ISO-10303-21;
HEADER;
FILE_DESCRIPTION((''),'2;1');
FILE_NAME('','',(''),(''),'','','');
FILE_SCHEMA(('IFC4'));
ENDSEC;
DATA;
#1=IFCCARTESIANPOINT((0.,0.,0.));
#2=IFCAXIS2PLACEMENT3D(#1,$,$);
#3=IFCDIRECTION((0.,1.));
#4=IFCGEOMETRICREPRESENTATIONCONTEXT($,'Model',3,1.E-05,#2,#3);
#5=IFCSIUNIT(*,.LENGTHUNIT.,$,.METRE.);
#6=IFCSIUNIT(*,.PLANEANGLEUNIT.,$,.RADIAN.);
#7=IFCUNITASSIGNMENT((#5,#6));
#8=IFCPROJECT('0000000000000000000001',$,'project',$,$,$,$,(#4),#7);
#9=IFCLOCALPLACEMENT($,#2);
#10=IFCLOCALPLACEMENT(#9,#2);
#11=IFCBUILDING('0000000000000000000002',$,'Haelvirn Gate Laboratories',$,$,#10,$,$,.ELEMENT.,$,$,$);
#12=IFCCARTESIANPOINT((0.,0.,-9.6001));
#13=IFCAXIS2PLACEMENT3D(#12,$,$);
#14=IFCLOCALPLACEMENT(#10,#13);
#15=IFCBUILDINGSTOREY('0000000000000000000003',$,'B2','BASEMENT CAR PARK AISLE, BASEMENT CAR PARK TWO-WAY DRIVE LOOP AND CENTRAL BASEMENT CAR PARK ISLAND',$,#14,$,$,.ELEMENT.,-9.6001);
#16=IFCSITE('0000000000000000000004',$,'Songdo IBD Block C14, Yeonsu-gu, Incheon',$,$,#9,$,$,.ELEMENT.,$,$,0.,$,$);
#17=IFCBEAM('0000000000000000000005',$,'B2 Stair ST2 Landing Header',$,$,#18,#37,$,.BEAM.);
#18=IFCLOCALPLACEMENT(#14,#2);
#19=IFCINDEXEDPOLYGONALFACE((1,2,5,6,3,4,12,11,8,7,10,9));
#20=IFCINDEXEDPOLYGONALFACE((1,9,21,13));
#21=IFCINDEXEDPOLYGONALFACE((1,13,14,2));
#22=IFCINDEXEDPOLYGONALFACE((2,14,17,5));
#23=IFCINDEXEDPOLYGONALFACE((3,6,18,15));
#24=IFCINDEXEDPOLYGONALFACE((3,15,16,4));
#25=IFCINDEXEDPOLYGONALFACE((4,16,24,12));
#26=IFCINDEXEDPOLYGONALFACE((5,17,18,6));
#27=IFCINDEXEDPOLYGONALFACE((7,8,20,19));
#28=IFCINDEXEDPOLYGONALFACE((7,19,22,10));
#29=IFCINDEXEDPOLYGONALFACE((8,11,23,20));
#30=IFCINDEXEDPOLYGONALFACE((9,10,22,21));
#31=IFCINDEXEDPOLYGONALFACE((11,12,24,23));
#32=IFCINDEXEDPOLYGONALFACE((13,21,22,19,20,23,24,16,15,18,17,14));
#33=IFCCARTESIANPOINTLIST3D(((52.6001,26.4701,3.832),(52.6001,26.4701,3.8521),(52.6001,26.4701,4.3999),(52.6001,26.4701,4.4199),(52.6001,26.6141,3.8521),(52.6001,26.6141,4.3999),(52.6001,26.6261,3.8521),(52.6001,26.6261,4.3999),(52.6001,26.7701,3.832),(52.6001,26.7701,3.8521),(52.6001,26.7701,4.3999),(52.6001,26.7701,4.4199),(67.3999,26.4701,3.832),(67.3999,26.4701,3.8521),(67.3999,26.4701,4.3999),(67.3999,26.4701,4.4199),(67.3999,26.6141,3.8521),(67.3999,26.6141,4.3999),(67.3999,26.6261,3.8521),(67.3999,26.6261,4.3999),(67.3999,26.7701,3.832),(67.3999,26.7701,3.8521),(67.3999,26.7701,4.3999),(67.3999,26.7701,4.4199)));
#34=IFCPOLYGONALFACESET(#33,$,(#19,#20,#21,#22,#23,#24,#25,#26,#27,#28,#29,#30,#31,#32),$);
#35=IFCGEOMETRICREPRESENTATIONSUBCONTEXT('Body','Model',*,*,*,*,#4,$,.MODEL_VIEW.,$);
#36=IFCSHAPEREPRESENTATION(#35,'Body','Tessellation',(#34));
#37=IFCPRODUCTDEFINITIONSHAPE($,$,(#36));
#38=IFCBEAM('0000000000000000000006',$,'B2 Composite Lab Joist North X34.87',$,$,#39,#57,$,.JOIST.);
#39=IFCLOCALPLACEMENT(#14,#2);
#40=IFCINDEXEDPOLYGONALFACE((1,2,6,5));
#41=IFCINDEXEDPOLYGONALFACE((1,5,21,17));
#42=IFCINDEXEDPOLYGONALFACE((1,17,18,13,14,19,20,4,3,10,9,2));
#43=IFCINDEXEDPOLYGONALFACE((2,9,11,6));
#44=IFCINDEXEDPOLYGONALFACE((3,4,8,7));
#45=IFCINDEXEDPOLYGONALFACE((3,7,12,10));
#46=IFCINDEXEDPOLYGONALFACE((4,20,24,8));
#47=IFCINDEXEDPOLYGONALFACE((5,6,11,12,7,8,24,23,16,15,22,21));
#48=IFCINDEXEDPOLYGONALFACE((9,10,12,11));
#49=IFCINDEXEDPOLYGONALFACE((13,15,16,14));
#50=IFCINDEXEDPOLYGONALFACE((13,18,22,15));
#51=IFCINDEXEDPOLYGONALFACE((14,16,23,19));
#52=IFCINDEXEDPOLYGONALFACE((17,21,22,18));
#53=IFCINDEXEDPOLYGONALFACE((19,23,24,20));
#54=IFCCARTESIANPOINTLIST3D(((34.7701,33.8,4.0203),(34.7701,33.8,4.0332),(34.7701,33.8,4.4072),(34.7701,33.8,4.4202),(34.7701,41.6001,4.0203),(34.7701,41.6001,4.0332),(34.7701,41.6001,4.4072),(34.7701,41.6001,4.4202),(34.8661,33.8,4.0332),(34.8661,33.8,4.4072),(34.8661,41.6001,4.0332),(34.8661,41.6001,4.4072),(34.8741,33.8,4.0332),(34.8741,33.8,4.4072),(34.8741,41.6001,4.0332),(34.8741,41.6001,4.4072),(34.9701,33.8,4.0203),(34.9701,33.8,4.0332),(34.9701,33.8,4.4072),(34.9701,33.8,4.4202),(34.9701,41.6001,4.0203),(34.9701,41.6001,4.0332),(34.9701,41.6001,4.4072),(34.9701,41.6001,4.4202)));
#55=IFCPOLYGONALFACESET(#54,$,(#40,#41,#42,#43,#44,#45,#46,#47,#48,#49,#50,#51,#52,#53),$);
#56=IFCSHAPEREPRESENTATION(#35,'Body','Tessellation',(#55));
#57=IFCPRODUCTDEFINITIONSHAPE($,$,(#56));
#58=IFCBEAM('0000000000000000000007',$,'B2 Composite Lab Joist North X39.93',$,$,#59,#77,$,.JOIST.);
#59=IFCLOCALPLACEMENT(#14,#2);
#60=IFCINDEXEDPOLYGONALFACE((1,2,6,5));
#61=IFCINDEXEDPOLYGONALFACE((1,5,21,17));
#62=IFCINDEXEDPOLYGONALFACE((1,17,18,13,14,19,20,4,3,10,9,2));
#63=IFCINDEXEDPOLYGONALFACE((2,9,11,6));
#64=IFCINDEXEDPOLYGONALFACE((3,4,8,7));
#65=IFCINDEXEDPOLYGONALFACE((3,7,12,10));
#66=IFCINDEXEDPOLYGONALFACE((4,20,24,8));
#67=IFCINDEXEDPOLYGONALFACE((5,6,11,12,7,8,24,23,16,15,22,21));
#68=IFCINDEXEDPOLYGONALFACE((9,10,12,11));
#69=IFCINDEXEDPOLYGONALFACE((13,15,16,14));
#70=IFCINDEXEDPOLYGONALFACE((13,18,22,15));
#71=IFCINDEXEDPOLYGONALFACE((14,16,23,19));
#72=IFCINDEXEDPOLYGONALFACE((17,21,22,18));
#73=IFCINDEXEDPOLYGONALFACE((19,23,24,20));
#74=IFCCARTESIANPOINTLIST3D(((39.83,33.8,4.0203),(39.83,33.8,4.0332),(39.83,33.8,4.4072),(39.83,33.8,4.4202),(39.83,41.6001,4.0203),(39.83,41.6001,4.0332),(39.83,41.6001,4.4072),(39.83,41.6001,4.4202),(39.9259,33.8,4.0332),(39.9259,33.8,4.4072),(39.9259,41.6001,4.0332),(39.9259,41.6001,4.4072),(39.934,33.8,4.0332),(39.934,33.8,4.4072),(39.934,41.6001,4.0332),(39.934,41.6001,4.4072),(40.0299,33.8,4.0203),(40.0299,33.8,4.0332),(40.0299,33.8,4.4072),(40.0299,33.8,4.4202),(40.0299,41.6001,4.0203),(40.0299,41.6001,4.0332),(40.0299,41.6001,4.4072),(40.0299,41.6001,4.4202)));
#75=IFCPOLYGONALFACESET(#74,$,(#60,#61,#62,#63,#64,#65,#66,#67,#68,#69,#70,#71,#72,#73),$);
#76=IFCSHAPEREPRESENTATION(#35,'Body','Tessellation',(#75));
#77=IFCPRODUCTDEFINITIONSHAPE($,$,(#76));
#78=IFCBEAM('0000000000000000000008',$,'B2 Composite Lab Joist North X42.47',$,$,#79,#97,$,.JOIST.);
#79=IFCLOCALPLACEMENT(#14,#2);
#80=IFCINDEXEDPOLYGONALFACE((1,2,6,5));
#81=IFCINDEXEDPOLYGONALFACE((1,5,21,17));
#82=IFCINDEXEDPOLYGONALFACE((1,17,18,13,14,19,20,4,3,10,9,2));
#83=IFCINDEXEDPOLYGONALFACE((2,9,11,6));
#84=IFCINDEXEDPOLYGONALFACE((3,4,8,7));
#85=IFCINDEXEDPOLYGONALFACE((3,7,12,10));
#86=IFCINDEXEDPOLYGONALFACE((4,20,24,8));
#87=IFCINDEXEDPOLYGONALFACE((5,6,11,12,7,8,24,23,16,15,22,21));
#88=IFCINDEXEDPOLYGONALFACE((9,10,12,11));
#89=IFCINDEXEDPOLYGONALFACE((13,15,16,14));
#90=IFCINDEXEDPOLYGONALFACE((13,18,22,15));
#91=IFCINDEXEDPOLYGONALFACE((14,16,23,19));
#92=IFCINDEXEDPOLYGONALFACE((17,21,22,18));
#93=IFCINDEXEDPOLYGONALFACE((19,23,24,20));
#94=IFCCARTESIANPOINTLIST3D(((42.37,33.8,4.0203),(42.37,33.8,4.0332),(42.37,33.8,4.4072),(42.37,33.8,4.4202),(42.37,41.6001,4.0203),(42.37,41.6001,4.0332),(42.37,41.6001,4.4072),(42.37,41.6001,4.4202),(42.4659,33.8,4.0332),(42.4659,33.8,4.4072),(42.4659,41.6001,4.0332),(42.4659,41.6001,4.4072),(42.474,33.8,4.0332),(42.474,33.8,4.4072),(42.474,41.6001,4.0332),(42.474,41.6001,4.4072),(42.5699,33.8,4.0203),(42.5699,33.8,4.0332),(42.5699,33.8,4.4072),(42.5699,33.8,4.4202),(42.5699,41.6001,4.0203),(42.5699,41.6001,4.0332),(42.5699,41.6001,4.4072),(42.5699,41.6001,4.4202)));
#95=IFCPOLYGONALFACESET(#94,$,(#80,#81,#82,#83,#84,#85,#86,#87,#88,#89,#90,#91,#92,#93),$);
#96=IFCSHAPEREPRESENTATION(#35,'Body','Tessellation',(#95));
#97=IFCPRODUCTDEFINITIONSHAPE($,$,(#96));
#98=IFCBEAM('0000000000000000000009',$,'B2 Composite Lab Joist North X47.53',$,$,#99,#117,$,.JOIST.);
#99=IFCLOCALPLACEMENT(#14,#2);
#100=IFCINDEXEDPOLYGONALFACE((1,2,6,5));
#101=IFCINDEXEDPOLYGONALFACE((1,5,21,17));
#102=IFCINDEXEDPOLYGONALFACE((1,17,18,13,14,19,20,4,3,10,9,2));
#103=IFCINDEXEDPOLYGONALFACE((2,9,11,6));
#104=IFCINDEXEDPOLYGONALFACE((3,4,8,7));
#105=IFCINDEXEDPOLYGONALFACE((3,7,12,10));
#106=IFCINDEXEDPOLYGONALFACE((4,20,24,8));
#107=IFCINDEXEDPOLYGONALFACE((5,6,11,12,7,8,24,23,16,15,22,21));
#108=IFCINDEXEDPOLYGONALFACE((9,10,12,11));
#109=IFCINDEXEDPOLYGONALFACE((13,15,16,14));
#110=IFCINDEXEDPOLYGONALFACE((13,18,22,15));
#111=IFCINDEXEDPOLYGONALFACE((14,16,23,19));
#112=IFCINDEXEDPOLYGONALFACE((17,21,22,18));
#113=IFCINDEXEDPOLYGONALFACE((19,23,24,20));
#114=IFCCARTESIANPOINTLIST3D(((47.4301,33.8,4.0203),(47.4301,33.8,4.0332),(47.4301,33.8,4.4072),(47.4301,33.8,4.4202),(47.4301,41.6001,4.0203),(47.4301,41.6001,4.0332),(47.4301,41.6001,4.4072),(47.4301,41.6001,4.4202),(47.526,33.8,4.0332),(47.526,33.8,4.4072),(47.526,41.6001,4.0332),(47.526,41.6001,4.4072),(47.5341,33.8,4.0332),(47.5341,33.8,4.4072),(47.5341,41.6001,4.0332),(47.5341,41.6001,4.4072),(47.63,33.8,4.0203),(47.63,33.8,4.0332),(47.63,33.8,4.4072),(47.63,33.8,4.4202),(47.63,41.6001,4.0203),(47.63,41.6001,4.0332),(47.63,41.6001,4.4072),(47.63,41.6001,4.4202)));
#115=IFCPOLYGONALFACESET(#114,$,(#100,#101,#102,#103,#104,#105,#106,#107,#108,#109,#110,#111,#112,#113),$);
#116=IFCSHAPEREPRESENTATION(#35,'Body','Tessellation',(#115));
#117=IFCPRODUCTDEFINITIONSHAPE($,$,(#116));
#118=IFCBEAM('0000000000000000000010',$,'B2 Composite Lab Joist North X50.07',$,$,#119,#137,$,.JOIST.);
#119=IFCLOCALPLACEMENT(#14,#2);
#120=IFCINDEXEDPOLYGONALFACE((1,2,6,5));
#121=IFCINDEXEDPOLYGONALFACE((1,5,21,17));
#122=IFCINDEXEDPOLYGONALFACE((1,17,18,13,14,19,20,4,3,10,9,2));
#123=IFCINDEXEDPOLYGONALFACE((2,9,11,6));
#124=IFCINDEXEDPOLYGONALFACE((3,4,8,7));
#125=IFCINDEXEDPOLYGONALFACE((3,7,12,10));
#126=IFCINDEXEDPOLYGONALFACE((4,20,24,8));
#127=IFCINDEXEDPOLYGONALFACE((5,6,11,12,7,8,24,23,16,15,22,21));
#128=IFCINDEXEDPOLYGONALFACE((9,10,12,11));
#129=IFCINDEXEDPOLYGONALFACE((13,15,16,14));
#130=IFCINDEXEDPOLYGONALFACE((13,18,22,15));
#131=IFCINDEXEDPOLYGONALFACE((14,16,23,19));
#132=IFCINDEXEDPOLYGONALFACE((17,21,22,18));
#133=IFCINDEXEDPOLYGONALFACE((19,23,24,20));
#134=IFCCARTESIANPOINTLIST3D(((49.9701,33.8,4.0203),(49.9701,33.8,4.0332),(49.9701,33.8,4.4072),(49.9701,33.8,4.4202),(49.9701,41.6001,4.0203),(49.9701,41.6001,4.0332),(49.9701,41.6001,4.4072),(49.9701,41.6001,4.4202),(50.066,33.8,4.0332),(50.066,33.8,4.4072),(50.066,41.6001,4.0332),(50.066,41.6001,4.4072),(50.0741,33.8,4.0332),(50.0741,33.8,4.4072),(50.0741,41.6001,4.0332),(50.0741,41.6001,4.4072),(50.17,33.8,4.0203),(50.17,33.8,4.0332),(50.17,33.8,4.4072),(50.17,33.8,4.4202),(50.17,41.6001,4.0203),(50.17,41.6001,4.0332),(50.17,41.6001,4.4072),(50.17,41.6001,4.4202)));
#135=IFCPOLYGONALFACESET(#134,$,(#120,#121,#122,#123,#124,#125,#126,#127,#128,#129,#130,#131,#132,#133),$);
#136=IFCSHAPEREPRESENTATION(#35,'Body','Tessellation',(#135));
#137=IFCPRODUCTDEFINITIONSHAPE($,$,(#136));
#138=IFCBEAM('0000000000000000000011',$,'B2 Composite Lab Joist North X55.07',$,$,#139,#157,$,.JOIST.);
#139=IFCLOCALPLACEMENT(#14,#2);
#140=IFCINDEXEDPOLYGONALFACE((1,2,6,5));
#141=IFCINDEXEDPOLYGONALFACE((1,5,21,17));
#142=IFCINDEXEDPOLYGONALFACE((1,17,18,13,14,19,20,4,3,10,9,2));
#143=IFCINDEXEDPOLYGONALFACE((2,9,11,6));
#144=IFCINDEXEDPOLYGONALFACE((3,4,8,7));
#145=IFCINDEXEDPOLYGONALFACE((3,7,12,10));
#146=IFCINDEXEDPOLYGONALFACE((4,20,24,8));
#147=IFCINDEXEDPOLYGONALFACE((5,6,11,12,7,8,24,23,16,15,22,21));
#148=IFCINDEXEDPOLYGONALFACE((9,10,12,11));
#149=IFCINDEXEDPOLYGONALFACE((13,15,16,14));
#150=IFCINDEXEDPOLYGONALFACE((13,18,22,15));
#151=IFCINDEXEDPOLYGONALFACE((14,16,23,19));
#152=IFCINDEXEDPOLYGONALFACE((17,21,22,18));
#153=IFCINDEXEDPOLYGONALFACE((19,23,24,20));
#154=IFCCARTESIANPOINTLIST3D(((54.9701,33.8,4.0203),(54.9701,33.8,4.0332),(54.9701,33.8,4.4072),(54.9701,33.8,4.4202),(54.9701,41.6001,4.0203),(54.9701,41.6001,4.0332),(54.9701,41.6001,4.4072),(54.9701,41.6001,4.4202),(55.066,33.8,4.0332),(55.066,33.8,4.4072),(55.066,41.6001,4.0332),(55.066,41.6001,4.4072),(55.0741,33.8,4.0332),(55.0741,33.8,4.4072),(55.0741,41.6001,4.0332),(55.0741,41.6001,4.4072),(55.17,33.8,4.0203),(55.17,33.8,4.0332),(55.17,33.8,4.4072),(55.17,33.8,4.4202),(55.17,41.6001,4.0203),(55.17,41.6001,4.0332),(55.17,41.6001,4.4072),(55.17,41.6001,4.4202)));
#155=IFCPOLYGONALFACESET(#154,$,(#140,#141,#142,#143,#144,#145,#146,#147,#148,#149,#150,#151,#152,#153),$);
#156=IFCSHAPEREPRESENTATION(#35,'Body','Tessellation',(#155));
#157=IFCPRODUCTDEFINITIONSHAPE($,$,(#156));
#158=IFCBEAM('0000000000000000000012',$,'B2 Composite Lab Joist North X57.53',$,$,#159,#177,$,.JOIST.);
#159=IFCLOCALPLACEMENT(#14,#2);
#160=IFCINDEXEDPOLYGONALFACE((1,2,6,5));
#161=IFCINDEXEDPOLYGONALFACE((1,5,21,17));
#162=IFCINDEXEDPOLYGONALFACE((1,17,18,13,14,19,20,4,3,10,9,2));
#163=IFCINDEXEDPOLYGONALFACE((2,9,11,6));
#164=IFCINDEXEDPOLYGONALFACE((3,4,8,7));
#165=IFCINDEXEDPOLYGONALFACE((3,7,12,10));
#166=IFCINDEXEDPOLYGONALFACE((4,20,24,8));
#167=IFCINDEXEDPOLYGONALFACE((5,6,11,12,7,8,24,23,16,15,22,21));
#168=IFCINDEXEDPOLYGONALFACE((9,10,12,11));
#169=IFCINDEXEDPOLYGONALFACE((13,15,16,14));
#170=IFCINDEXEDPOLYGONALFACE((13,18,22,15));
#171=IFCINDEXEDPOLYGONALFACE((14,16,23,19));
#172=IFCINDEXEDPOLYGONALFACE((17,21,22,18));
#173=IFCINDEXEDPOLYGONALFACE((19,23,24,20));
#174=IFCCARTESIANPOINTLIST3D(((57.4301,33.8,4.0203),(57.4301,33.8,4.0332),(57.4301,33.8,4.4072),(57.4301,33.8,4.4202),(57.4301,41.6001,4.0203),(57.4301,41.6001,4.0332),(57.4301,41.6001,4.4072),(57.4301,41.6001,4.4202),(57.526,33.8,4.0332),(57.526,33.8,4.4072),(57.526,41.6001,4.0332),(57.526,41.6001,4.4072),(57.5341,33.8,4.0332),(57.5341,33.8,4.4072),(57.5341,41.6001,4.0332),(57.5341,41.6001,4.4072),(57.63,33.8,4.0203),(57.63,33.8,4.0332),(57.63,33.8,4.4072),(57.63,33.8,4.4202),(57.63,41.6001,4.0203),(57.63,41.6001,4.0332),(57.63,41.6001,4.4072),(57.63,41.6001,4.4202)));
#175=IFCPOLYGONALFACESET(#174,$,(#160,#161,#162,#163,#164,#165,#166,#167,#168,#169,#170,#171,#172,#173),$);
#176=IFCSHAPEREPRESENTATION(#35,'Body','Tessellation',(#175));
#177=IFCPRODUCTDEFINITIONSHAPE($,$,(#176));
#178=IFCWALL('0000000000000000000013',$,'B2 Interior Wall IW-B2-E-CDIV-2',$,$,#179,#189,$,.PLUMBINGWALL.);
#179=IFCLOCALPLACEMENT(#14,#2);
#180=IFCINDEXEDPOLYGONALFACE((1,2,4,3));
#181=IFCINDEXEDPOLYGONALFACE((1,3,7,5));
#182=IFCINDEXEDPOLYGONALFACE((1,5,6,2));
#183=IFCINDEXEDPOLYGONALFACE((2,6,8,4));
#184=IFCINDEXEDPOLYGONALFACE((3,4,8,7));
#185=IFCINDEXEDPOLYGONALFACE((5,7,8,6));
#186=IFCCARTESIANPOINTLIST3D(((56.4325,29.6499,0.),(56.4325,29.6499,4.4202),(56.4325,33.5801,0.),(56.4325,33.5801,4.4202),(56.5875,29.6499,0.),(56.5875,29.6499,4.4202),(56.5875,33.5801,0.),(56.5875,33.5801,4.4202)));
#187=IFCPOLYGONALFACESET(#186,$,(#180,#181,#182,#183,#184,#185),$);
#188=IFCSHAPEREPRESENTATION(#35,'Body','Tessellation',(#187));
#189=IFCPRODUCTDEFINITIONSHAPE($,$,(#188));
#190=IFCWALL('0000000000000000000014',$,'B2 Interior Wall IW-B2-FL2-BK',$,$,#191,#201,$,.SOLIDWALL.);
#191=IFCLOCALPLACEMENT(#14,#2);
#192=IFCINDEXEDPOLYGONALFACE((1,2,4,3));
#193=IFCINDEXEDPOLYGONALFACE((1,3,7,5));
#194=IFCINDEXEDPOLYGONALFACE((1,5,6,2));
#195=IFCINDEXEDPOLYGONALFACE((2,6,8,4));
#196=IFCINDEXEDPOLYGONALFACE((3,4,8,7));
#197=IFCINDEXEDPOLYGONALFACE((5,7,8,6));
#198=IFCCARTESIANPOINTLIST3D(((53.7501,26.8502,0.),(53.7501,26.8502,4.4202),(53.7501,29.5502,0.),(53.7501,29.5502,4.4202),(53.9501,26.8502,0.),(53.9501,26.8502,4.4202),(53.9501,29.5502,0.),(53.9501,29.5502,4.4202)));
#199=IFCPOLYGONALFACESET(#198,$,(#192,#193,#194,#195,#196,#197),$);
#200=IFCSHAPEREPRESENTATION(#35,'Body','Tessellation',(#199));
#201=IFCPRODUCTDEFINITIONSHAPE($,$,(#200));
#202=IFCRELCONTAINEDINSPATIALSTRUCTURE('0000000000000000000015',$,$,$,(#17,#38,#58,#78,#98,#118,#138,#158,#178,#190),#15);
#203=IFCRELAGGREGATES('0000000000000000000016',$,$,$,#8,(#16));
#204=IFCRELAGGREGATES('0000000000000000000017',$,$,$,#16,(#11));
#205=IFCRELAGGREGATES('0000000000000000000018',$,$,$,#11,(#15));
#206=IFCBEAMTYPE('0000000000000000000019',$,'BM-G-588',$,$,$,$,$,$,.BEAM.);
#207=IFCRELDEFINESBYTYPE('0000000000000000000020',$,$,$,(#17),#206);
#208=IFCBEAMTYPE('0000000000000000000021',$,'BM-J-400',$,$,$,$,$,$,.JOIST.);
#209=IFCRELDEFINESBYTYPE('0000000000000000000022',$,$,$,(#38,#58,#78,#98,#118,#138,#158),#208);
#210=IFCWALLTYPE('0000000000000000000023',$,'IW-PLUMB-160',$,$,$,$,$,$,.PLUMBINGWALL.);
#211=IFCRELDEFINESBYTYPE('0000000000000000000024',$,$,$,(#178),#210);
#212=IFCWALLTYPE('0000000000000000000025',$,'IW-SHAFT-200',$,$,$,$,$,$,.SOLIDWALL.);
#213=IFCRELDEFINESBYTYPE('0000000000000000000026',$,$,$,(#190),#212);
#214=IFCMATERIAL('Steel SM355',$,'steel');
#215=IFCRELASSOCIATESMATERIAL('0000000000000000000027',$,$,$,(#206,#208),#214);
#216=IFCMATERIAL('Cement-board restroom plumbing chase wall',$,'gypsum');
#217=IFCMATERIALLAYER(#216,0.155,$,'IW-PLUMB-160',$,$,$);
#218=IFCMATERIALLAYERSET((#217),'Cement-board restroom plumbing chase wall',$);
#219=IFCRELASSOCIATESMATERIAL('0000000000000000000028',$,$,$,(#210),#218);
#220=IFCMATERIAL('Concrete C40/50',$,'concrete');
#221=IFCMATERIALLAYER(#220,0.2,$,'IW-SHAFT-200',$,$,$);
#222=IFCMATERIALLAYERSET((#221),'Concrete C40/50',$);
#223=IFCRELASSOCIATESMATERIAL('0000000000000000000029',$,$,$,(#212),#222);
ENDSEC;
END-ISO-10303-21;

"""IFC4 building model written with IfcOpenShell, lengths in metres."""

from ifc_helpers import new_model, si_unit, direction, frame, frame_2d, origin, origin_2d, place, context, subcontext, project, spatial, rectangle, i_section, extrude, source, transform, mapped, material, layer, layer_set, material_profile, profile_set, type_object, type_shapes, element, save


model = new_model("IFC4")

# Units and contexts
model_context = context("Model", 3, precision=1e-05, world=origin(), true_north=direction((0.0, 1.0)))
body_context = subcontext(model_context, "Body", "Model", "MODEL_VIEW")
ifc_project = project(units=[si_unit("LENGTHUNIT", "METRE"), si_unit("PLANEANGLEUNIT", "RADIAN")], contexts=[model_context])

# Site, building, storey
site_placement = place(None, origin())
site = spatial("IfcSite", under=ifc_project, at=site_placement, Name="Songdo IBD Block C14, Yeonsu-gu, Incheon", CompositionType="ELEMENT", RefElevation=0.0)
building_placement = place(site_placement, origin())
building = spatial("IfcBuilding", under=site, at=building_placement, Name="Haelvirn Gate Laboratories", CompositionType="ELEMENT")
storey_placement = place(building_placement, frame((0.0, 0.0, -9.6001)))
storey = spatial("IfcBuildingStorey", under=building, at=storey_placement, Name="B2", Description="BASEMENT CAR PARK AISLE, BASEMENT CAR PARK TWO-WAY DRIVE LOOP AND CENTRAL BASEMENT CAR PARK ISLAND", CompositionType="ELEMENT", Elevation=-9.6001)

# Beams
ifc_material_1 = material(Name="Steel SM355", Category="steel")
ifc_material_profile_1 = material_profile(ifc_material_1, i_section(OverallWidth=0.3, OverallDepth=0.5879, WebThickness=0.012, FlangeThickness=0.02, at=origin_2d()), Name="H-588x300x12x20")
ifc_profile_set_1 = profile_set([ifc_material_profile_1], Name="Steel SM355")
beam_type_1 = type_object("IfcBeamType", Name="BM-G-588", PredefinedType="BEAM", material=ifc_profile_set_1)
shared_shape_1 = source(origin(), body_context, "Body", "SweptSolid", [
    extrude(i_section(OverallWidth=0.3, OverallDepth=0.5879, WebThickness=0.012, FlangeThickness=0.02, at=origin_2d()), origin(), (0.0, 0.0, 1.0), 14.7998),
])
type_shapes(beam_type_1, [shared_shape_1])
beam_1_placement = place(storey_placement, frame((52.6001, 26.6201, 4.126), z_axis=(1.0, 0.0, 0.0), x_axis=(0.0, 1.0, 0.0)))
element("IfcBeam", 1, at=beam_1_placement, inside=storey, type_object=beam_type_1, Name="B2 Stair ST2 Landing Header", PredefinedType="BEAM", context=body_context, shape_type="MappedRepresentation", body=[
    mapped(shared_shape_1, transform((0.0, 0.0, 0.0), scale=1.0)),
])
ifc_material_profile_2 = material_profile(ifc_material_1, i_section(OverallWidth=0.2, OverallDepth=0.3999, WebThickness=0.0081, FlangeThickness=0.0129, at=origin_2d()), Name="H-400x200x8x13")
ifc_profile_set_2 = profile_set([ifc_material_profile_2], Name="Steel SM355")
beam_type_2 = type_object("IfcBeamType", Name="BM-J-400", PredefinedType="JOIST", material=ifc_profile_set_2)
shared_shape_2 = source(origin(), body_context, "Body", "SweptSolid", [
    extrude(i_section(OverallWidth=0.2, OverallDepth=0.3999, WebThickness=0.0081, FlangeThickness=0.0129, at=origin_2d()), origin(), (0.0, 0.0, 1.0), 7.8),
])
type_shapes(beam_type_2, [shared_shape_2])
for number, where, z_axis, x_axis, name in (
    (2, (34.8701, 33.8, 4.2202), (0.0, 1.0, 0.0), (-1.0, 0.0, 0.0), "B2 Composite Lab Joist North X34.87"),
    (3, (39.9299, 33.8, 4.2202), (0.0, 1.0, 0.0), (-1.0, 0.0, 0.0), "B2 Composite Lab Joist North X39.93"),
    (4, (42.47, 33.8, 4.2202), (0.0, 1.0, 0.0), (-1.0, 0.0, 0.0), "B2 Composite Lab Joist North X42.47"),
    (5, (47.53, 33.8, 4.2202), (0.0, 1.0, 0.0), (-1.0, 0.0, 0.0), "B2 Composite Lab Joist North X47.53"),
    (6, (50.0701, 33.8, 4.2202), (0.0, 1.0, 0.0), (-1.0, 0.0, 0.0), "B2 Composite Lab Joist North X50.07"),
    (7, (55.0701, 33.8, 4.2202), (0.0, 1.0, 0.0), (-1.0, 0.0, 0.0), "B2 Composite Lab Joist North X55.07"),
    (8, (57.53, 33.8, 4.2202), (0.0, 1.0, 0.0), (-1.0, 0.0, 0.0), "B2 Composite Lab Joist North X57.53"),
):
    element("IfcBeam", number, at=place(storey_placement, frame(where, z_axis=z_axis, x_axis=x_axis)), inside=storey, type_object=beam_type_2, Name=name, PredefinedType="JOIST", context=body_context, shape_type="MappedRepresentation", body=[
        mapped(shared_shape_2, transform((0.0, 0.0, 0.0), scale=1.0)),
    ])

# Walls
ifc_material_2 = material(Name="Cement-board restroom plumbing chase wall", Category="gypsum")
ifc_layer_1 = layer(ifc_material_2, 0.155, Name="IW-PLUMB-160")
ifc_layer_set_1 = layer_set([ifc_layer_1], Name="Cement-board restroom plumbing chase wall")
wall_type_1 = type_object("IfcWallType", Name="IW-PLUMB-160", PredefinedType="PLUMBINGWALL", material=ifc_layer_set_1)
wall_1_placement = place(storey_placement, frame((56.51, 29.6499, 0.0), z_axis=(0.0, 0.0, 1.0), x_axis=(0.0, 1.0, 0.0)))
element("IfcWall", 9, at=wall_1_placement, inside=storey, type_object=wall_type_1, Name="B2 Interior Wall IW-B2-E-CDIV-2", PredefinedType="PLUMBINGWALL", context=body_context, shape_type="SweptSolid", body=[
    extrude(rectangle(XDim=3.9302, YDim=0.155, at=frame_2d((1.9651, 0.0))), origin(), (0.0, 0.0, 1.0), 4.4202),
])
ifc_material_3 = material(Name="Concrete C40/50", Category="concrete")
ifc_layer_2 = layer(ifc_material_3, 0.2, Name="IW-SHAFT-200")
ifc_layer_set_2 = layer_set([ifc_layer_2], Name="Concrete C40/50")
wall_type_2 = type_object("IfcWallType", Name="IW-SHAFT-200", PredefinedType="SOLIDWALL", material=ifc_layer_set_2)
wall_2_placement = place(storey_placement, frame((53.8501, 26.8501, 0.0), z_axis=(0.0, 0.0, 1.0), x_axis=(0.0, 1.0, 0.0)))
element("IfcWall", 10, at=wall_2_placement, inside=storey, type_object=wall_type_2, Name="B2 Interior Wall IW-B2-FL2-BK", PredefinedType="SOLIDWALL", context=body_context, shape_type="SweptSolid", body=[
    extrude(rectangle(XDim=2.7, YDim=0.2, at=frame_2d((1.3501, 0.0))), origin(), (0.0, 0.0, 1.0), 4.4202),
])

save(model, "model.ifc")
